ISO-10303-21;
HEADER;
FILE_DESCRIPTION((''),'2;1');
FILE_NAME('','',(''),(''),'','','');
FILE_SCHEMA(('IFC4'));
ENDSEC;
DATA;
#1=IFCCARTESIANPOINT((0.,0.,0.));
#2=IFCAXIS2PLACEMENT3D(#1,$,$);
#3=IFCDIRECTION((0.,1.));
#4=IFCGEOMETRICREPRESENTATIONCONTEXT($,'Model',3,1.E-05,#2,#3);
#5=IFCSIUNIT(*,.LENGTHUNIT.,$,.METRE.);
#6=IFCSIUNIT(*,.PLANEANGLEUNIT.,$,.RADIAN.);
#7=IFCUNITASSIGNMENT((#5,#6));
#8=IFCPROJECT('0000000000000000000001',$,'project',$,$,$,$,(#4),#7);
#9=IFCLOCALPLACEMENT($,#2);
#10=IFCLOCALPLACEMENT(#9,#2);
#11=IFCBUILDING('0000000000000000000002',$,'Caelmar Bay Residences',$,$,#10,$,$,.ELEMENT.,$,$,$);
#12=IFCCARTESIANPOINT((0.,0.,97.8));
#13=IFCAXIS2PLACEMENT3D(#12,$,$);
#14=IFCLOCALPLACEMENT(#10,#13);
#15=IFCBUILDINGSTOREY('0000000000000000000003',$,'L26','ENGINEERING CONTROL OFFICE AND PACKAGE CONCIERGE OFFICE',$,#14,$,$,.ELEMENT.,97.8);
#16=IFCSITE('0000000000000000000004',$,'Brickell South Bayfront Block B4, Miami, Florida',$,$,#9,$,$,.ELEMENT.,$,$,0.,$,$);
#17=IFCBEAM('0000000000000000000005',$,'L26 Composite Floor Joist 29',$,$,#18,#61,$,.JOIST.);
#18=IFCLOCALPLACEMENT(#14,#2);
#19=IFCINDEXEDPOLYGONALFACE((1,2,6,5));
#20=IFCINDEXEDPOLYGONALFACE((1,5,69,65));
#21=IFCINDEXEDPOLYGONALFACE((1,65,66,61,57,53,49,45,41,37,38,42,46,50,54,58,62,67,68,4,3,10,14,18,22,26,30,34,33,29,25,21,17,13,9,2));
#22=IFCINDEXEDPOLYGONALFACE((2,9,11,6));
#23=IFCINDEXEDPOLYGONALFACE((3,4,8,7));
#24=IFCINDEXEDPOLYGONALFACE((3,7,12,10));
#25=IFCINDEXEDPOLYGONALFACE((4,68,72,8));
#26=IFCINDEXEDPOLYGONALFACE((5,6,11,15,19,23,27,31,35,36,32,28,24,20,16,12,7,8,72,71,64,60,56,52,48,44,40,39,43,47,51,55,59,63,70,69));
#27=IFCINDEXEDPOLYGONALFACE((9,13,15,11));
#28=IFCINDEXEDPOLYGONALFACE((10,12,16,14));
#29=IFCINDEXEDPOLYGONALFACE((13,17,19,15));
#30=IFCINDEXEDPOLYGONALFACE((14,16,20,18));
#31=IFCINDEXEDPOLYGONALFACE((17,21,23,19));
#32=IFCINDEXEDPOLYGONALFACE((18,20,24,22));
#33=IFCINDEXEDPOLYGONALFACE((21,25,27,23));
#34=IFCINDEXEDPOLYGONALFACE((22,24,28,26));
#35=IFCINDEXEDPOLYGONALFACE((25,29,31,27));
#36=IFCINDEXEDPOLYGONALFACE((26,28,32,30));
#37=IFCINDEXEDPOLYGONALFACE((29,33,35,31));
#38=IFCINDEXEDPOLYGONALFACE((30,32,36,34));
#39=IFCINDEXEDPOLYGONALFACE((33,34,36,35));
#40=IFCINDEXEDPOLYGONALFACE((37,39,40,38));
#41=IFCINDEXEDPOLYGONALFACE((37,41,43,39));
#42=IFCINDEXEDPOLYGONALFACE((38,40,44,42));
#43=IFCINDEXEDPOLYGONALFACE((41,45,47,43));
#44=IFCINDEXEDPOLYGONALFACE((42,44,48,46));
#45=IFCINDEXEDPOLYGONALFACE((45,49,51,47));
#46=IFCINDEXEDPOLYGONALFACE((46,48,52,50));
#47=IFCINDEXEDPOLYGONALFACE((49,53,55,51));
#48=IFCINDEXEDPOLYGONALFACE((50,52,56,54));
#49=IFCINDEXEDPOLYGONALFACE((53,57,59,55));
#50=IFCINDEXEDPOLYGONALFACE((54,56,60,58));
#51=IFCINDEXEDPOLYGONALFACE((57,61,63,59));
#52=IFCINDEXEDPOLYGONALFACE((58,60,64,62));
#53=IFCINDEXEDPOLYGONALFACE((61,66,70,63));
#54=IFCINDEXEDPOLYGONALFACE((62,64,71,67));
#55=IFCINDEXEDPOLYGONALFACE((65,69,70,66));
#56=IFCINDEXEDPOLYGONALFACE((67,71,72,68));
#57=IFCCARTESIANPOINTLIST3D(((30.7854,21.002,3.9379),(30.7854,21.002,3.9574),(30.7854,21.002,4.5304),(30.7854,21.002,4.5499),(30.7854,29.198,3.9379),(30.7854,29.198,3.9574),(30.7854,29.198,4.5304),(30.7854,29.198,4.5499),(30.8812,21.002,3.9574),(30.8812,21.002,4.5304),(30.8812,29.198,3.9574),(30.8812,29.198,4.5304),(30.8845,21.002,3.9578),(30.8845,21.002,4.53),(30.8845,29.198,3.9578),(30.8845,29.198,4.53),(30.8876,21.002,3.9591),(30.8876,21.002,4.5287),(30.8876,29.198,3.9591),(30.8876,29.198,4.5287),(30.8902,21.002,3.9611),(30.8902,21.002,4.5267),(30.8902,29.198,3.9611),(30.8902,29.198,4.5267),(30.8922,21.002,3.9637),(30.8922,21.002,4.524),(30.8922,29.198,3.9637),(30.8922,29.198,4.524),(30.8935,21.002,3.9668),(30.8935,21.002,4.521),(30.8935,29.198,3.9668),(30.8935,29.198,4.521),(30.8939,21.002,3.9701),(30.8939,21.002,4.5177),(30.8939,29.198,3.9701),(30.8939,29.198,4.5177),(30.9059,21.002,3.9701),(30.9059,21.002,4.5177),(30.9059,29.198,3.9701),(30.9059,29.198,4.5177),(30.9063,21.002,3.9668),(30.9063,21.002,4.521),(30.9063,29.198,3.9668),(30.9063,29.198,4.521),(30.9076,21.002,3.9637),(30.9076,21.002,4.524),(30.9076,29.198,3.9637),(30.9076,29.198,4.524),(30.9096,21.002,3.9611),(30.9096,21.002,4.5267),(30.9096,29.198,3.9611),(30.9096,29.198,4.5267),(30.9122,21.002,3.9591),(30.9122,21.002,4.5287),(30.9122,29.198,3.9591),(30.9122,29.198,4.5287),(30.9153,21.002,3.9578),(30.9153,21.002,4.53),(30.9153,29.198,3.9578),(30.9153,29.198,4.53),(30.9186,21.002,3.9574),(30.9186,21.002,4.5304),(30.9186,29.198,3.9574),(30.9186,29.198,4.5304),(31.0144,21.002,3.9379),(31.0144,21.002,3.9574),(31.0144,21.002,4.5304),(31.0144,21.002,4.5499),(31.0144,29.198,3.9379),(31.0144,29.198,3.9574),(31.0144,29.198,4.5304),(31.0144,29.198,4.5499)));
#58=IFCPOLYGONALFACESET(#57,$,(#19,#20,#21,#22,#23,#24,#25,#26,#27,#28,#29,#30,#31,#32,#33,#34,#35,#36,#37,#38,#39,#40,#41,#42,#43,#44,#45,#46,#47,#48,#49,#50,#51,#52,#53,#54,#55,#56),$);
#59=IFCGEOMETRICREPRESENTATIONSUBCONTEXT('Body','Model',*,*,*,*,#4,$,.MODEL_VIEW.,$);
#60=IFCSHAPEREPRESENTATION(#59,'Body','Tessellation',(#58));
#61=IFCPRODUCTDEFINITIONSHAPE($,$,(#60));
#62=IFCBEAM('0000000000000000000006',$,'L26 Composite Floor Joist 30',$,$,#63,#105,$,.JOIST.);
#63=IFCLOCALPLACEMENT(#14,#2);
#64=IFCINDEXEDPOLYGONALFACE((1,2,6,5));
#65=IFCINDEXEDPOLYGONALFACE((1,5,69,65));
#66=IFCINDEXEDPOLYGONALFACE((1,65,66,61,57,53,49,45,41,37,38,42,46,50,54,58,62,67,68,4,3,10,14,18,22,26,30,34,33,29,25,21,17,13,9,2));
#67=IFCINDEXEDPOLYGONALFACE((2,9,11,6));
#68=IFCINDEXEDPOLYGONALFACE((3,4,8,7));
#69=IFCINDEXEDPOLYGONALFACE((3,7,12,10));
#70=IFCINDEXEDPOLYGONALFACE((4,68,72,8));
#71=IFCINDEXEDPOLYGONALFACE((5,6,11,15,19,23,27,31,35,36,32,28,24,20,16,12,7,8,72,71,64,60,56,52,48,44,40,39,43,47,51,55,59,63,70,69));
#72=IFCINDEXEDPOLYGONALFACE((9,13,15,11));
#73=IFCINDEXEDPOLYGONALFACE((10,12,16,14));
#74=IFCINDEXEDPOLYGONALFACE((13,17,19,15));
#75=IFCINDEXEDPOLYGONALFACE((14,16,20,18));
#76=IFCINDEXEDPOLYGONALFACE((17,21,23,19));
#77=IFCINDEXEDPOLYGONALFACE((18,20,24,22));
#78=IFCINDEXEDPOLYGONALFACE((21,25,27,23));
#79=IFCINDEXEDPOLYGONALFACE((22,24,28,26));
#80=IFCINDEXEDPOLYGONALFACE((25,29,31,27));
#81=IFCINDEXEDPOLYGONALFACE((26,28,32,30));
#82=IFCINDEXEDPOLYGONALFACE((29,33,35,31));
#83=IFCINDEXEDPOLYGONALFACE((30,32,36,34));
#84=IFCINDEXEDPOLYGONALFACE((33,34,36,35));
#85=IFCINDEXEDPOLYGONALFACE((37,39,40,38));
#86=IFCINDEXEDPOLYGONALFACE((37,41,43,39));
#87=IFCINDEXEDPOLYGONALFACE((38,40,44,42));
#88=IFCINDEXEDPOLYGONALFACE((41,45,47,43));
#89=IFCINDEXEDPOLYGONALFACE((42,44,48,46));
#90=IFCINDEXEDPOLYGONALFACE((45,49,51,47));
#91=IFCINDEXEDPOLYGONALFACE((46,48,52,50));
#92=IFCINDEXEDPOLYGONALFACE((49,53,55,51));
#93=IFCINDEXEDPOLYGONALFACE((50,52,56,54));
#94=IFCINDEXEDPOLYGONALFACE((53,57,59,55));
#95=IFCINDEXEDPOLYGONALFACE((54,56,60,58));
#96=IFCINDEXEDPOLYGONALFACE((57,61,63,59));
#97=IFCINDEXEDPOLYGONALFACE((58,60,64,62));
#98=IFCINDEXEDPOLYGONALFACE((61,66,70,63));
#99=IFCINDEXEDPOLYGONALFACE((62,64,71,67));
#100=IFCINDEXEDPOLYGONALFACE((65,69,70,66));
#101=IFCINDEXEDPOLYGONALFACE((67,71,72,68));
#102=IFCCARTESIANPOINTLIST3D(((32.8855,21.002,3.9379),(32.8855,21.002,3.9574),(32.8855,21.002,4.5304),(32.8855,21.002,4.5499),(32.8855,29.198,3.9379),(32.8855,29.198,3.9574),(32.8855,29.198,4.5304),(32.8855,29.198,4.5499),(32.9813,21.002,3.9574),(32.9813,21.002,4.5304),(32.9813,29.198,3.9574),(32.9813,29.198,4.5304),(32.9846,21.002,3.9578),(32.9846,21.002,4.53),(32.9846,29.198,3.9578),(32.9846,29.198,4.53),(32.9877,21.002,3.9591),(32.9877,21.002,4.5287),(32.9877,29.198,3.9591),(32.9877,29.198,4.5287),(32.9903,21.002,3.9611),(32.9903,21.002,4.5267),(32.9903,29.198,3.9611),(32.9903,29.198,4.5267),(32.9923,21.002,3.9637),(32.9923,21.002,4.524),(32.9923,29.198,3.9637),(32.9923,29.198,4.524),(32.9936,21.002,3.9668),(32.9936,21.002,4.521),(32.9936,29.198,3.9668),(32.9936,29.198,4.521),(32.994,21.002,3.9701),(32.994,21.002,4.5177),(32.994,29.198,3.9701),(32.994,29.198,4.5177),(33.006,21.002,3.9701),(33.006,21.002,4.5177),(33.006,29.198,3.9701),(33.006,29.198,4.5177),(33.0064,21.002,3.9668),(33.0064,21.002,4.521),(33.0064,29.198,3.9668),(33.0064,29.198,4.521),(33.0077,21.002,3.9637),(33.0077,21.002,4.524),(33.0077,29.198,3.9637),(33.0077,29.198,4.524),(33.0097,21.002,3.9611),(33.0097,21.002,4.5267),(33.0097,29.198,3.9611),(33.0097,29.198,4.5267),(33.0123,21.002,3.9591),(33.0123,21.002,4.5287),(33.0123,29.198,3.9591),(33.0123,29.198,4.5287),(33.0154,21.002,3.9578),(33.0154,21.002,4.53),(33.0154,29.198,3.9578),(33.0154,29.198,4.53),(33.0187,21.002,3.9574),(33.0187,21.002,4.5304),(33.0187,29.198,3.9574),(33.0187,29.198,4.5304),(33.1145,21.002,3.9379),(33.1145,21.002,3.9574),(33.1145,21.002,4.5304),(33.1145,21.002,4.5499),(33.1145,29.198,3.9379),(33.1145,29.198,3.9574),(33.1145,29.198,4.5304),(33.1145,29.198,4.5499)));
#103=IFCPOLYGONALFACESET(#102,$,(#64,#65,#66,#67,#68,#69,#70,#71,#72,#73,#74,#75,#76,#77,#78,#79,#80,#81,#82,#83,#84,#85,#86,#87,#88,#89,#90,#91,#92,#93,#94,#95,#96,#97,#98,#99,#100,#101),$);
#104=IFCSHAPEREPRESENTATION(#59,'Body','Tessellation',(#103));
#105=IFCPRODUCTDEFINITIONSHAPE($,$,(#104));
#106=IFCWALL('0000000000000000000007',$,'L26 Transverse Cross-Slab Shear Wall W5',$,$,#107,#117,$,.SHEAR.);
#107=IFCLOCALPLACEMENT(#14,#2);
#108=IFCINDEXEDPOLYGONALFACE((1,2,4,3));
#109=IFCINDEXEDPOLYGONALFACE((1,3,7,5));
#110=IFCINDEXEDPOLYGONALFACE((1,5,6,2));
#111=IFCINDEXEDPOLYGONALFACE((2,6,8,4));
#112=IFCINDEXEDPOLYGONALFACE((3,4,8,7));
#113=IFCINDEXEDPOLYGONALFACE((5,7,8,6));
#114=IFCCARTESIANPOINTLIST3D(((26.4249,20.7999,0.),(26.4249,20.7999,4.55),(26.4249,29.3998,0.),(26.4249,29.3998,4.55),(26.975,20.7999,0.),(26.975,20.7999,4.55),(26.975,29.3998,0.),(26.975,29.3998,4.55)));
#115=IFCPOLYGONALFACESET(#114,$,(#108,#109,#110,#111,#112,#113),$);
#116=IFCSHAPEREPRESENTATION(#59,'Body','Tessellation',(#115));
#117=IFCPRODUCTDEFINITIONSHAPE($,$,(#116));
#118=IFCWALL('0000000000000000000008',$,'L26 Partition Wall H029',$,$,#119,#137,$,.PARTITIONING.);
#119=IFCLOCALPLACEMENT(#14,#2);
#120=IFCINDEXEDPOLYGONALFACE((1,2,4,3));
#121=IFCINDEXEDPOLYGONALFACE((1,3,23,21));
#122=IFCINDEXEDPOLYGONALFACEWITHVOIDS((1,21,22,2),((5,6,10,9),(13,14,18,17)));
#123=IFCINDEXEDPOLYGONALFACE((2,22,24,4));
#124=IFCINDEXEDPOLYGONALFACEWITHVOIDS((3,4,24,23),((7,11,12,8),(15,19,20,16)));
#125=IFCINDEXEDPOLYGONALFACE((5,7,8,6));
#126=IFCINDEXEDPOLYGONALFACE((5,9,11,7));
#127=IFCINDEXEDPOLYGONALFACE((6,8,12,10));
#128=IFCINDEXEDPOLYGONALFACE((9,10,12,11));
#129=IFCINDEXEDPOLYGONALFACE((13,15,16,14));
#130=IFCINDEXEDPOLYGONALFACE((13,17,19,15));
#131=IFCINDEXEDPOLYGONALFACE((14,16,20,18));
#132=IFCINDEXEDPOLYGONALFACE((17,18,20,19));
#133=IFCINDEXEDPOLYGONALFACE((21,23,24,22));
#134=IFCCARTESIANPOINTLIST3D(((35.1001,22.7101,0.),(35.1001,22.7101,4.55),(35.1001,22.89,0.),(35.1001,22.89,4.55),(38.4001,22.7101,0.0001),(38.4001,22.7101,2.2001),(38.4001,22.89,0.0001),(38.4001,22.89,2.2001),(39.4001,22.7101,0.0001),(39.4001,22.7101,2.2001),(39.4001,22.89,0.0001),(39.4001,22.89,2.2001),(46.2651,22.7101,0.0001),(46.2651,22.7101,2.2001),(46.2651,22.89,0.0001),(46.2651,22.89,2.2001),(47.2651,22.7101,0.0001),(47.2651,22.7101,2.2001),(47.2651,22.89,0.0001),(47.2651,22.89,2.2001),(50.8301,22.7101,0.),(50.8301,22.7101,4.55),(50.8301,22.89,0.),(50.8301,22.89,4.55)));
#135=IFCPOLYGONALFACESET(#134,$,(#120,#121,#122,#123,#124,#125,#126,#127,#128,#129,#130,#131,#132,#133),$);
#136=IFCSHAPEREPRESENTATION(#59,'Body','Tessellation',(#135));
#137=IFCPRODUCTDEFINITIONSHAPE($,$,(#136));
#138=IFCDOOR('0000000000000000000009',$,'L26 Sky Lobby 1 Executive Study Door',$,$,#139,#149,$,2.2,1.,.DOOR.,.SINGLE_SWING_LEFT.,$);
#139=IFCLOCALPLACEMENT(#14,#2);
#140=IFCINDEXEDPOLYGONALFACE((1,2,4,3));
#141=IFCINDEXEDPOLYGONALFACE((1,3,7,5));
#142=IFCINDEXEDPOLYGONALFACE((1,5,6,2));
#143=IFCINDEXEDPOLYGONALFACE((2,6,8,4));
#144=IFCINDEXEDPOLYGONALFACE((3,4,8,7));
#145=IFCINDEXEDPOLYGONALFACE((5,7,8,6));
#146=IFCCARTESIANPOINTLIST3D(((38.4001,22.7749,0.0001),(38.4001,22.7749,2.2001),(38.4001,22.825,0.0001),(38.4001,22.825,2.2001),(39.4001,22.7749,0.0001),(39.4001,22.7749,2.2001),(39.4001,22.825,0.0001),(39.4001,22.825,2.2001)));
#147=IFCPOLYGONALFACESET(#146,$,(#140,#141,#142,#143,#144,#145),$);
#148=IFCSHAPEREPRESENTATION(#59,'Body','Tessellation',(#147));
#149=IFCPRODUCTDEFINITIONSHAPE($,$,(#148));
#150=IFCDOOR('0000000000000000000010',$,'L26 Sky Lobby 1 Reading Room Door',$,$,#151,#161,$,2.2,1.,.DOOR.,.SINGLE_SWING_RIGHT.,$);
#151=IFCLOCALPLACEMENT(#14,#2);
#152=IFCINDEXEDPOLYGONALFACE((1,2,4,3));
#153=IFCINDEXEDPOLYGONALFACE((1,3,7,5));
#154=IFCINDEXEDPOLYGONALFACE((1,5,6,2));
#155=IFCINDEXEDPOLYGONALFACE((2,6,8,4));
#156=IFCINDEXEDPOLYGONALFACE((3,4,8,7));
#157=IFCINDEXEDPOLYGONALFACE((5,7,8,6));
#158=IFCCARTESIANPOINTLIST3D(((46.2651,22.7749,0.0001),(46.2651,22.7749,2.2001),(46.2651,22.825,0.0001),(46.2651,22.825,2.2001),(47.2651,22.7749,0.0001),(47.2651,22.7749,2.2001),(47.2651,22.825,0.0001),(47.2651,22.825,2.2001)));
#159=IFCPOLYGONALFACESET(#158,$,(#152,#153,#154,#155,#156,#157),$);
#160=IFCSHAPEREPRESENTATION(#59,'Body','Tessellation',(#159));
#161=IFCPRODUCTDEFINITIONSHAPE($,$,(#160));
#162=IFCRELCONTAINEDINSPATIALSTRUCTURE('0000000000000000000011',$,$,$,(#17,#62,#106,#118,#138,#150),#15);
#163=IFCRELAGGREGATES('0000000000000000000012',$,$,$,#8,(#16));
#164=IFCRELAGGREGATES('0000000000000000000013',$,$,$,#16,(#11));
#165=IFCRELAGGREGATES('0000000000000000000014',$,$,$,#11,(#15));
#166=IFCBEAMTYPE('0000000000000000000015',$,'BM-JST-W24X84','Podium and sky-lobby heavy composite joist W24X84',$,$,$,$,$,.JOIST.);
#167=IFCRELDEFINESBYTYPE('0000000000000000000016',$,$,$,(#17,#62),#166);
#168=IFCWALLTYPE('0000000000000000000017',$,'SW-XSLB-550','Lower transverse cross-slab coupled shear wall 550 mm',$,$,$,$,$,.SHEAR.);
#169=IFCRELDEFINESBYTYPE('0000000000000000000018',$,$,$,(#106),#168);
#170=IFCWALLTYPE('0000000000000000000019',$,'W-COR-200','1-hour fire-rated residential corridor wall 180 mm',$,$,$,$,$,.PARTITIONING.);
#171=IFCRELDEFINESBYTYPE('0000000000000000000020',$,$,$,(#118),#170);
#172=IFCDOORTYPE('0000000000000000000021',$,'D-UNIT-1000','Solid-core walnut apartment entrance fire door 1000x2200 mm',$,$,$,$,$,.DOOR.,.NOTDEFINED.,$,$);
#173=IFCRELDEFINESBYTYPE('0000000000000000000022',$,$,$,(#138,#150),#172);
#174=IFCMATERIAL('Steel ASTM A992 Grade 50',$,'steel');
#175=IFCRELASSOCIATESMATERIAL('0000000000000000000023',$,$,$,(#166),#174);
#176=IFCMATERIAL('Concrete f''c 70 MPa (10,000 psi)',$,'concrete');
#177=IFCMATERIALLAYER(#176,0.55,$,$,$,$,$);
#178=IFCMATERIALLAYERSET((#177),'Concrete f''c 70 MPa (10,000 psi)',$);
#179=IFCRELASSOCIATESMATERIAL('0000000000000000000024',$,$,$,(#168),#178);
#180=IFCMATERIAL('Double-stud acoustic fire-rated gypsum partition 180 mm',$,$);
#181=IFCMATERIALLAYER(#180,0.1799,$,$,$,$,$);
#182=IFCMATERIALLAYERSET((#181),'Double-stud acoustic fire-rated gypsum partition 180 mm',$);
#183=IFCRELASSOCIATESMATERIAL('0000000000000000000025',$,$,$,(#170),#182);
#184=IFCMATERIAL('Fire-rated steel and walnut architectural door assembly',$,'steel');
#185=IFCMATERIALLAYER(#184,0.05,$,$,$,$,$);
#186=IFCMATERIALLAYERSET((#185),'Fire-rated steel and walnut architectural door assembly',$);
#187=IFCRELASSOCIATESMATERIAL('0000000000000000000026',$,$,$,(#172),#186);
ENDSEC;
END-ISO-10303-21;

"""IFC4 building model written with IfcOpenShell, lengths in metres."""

from ifc_helpers import new_model, si_unit, direction, frame, frame_2d, origin, origin_2d, place, context, subcontext, project, spatial, rectangle, i_section, extrude, material, layer, layer_set, material_profile, profile_set, type_object, element, fill, save


model = new_model("IFC4")

# Units and contexts
model_context = context("Model", 3, precision=1e-05, world=origin(), true_north=direction((0.0, 1.0)))
body_context = subcontext(model_context, "Body", "Model", "MODEL_VIEW")
ifc_project = project(units=[si_unit("LENGTHUNIT", "METRE"), si_unit("PLANEANGLEUNIT", "RADIAN")], contexts=[model_context])

# Site, building, storey
site_placement = place(None, origin())
site = spatial("IfcSite", under=ifc_project, at=site_placement, Name="Brickell South Bayfront Block B4, Miami, Florida", CompositionType="ELEMENT", RefElevation=0.0)
building_placement = place(site_placement, origin())
building = spatial("IfcBuilding", under=site, at=building_placement, Name="Caelmar Bay Residences", CompositionType="ELEMENT")
storey_placement = place(building_placement, frame((0.0, 0.0, 97.8)))
storey = spatial("IfcBuildingStorey", under=building, at=storey_placement, Name="L26", Description="ENGINEERING CONTROL OFFICE AND PACKAGE CONCIERGE OFFICE", CompositionType="ELEMENT", Elevation=97.8)

# Shared definitions
ifc_material_1 = material(Name="Concrete f'c 70 MPa (10,000 psi)", Category="concrete")

# Beams
ifc_material_2 = material(Name="Steel ASTM A992 Grade 50", Category="steel")
ifc_material_profile_1 = material_profile(ifc_material_2, i_section(OverallWidth=0.229, OverallDepth=0.6121, WebThickness=0.012, FlangeThickness=0.0195, FilletRadius=0.0127, at=origin_2d()), Name="W24X84")
ifc_profile_set_1 = profile_set([ifc_material_profile_1], Name="Steel ASTM A992 Grade 50")
beam_type_1 = type_object("IfcBeamType", Name="BM-JST-W24X84", Description="Podium and sky-lobby heavy composite joist W24X84", PredefinedType="JOIST", material=ifc_profile_set_1)
for number, where, z_axis, x_axis, name in (
    (1, (30.8999, 21.002, 4.2439), (0.0, 1.0, 0.0), (-1.0, 0.0, 0.0), "L26 Composite Floor Joist 29"),
    (2, (33.0, 21.002, 4.2439), (0.0, 1.0, 0.0), (-1.0, 0.0, 0.0), "L26 Composite Floor Joist 30"),
):
    element("IfcBeam", number, at=place(storey_placement, frame(where, z_axis=z_axis, x_axis=x_axis)), inside=storey, type_object=beam_type_1, Name=name, PredefinedType="JOIST", context=body_context, shape_type="SweptSolid", body=[
        extrude(i_section(OverallWidth=0.229, OverallDepth=0.6121, WebThickness=0.012, FlangeThickness=0.0195, FilletRadius=0.0127, at=origin_2d()), origin(), (0.0, 0.0, 1.0), 8.196),
    ])

# Wall
ifc_layer_1 = layer(ifc_material_1, 0.55)
ifc_layer_set_1 = layer_set([ifc_layer_1], Name="Concrete f'c 70 MPa (10,000 psi)")
wall_type_1 = type_object("IfcWallType", Name="SW-XSLB-550", Description="Lower transverse cross-slab coupled shear wall 550 mm", PredefinedType="SHEAR", material=ifc_layer_set_1)
wall_1_placement = place(storey_placement, frame((26.7, 20.8, 0.0), z_axis=(0.0, 0.0, 1.0), x_axis=(0.0, 1.0, 0.0)))
element("IfcWall", 3, at=wall_1_placement, inside=storey, type_object=wall_type_1, Name="L26 Transverse Cross-Slab Shear Wall W5", PredefinedType="SHEAR", context=body_context, shape_type="SweptSolid", body=[
    extrude(rectangle(XDim=8.5999, YDim=0.55, at=frame_2d((4.2998, 0.0))), origin(), (0.0, 0.0, 1.0), 4.55),
])

# Wall, openings, doors
ifc_material_3 = material(Name="Double-stud acoustic fire-rated gypsum partition 180 mm")
ifc_layer_2 = layer(ifc_material_3, 0.1799)
ifc_layer_set_2 = layer_set([ifc_layer_2], Name="Double-stud acoustic fire-rated gypsum partition 180 mm")
wall_type_2 = type_object("IfcWallType", Name="W-COR-200", Description="1-hour fire-rated residential corridor wall 180 mm", PredefinedType="PARTITIONING", material=ifc_layer_set_2)
wall_2_placement = place(storey_placement, frame((35.1001, 22.8, 0.0), z_axis=(0.0, 0.0, 1.0), x_axis=(1.0, 0.0, 0.0)))
wall_2 = element("IfcWall", 4, at=wall_2_placement, inside=storey, type_object=wall_type_2, Name="L26 Partition Wall H029", PredefinedType="PARTITIONING", context=body_context, shape_type="SweptSolid", body=[
    extrude(rectangle(XDim=15.73, YDim=0.1799, at=frame_2d((7.865, 0.0))), origin(), (0.0, 0.0, 1.0), 4.55),
])
opening_1_placement = place(wall_2_placement, frame((3.3, 0.0, 0.0)))
opening_1 = element("IfcOpeningElement", 5, at=opening_1_placement, cuts=wall_2, PredefinedType="OPENING", context=body_context, shape_type="SweptSolid", body=[
    extrude(rectangle(XDim=1.0, YDim=2.2, at=frame_2d((0.5, 1.1001))), frame((0.0, 0.0999, 0.0), z_axis=(0.0, -1.0, 0.0), x_axis=(1.0, 0.0, 0.0)), (0.0, 0.0, 1.0), 0.2),
])
opening_2_placement = place(wall_2_placement, frame((11.165, 0.0, 0.0)))
opening_2 = element("IfcOpeningElement", 6, at=opening_2_placement, cuts=wall_2, PredefinedType="OPENING", context=body_context, shape_type="SweptSolid", body=[
    extrude(rectangle(XDim=1.0, YDim=2.2, at=frame_2d((0.5, 1.1001))), frame((0.0, 0.0999, 0.0), z_axis=(0.0, -1.0, 0.0), x_axis=(1.0, 0.0, 0.0)), (0.0, 0.0, 1.0), 0.2),
])
ifc_material_4 = material(Name="Fire-rated steel and walnut architectural door assembly", Category="steel")
ifc_layer_3 = layer(ifc_material_4, 0.05)
ifc_layer_set_3 = layer_set([ifc_layer_3], Name="Fire-rated steel and walnut architectural door assembly")
door_type = type_object("IfcDoorType", Name="D-UNIT-1000", Description="Solid-core walnut apartment entrance fire door 1000x2200 mm", OperationType="NOTDEFINED", PredefinedType="DOOR", material=ifc_layer_set_3)
door_1_placement = place(opening_1_placement, origin())
door_1 = element("IfcDoor", 7, at=door_1_placement, inside=storey, type_object=door_type, Name="L26 Sky Lobby 1 Executive Study Door", OperationType="SINGLE_SWING_LEFT", OverallHeight=2.2, OverallWidth=1.0, PredefinedType="DOOR", context=body_context, shape_type="SweptSolid", body=[
    extrude(rectangle(XDim=1.0, YDim=2.2, at=frame_2d((0.5, 1.1001))), frame((0.0, 0.0249, 0.0), z_axis=(0.0, -1.0, 0.0), x_axis=(1.0, 0.0, 0.0)), (0.0, 0.0, 1.0), 0.05),
])
fill(opening_1, door_1)
door_2_placement = place(opening_2_placement, origin())
door_2 = element("IfcDoor", 8, at=door_2_placement, inside=storey, type_object=door_type, Name="L26 Sky Lobby 1 Reading Room Door", OperationType="SINGLE_SWING_RIGHT", OverallHeight=2.2, OverallWidth=1.0, PredefinedType="DOOR", context=body_context, shape_type="SweptSolid", body=[
    extrude(rectangle(XDim=1.0, YDim=2.2, at=frame_2d((0.5, 1.1001))), frame((0.0, 0.0249, 0.0), z_axis=(0.0, -1.0, 0.0), x_axis=(1.0, 0.0, 0.0)), (0.0, 0.0, 1.0), 0.05),
])
fill(opening_2, door_2)

save(model, "model.ifc")
